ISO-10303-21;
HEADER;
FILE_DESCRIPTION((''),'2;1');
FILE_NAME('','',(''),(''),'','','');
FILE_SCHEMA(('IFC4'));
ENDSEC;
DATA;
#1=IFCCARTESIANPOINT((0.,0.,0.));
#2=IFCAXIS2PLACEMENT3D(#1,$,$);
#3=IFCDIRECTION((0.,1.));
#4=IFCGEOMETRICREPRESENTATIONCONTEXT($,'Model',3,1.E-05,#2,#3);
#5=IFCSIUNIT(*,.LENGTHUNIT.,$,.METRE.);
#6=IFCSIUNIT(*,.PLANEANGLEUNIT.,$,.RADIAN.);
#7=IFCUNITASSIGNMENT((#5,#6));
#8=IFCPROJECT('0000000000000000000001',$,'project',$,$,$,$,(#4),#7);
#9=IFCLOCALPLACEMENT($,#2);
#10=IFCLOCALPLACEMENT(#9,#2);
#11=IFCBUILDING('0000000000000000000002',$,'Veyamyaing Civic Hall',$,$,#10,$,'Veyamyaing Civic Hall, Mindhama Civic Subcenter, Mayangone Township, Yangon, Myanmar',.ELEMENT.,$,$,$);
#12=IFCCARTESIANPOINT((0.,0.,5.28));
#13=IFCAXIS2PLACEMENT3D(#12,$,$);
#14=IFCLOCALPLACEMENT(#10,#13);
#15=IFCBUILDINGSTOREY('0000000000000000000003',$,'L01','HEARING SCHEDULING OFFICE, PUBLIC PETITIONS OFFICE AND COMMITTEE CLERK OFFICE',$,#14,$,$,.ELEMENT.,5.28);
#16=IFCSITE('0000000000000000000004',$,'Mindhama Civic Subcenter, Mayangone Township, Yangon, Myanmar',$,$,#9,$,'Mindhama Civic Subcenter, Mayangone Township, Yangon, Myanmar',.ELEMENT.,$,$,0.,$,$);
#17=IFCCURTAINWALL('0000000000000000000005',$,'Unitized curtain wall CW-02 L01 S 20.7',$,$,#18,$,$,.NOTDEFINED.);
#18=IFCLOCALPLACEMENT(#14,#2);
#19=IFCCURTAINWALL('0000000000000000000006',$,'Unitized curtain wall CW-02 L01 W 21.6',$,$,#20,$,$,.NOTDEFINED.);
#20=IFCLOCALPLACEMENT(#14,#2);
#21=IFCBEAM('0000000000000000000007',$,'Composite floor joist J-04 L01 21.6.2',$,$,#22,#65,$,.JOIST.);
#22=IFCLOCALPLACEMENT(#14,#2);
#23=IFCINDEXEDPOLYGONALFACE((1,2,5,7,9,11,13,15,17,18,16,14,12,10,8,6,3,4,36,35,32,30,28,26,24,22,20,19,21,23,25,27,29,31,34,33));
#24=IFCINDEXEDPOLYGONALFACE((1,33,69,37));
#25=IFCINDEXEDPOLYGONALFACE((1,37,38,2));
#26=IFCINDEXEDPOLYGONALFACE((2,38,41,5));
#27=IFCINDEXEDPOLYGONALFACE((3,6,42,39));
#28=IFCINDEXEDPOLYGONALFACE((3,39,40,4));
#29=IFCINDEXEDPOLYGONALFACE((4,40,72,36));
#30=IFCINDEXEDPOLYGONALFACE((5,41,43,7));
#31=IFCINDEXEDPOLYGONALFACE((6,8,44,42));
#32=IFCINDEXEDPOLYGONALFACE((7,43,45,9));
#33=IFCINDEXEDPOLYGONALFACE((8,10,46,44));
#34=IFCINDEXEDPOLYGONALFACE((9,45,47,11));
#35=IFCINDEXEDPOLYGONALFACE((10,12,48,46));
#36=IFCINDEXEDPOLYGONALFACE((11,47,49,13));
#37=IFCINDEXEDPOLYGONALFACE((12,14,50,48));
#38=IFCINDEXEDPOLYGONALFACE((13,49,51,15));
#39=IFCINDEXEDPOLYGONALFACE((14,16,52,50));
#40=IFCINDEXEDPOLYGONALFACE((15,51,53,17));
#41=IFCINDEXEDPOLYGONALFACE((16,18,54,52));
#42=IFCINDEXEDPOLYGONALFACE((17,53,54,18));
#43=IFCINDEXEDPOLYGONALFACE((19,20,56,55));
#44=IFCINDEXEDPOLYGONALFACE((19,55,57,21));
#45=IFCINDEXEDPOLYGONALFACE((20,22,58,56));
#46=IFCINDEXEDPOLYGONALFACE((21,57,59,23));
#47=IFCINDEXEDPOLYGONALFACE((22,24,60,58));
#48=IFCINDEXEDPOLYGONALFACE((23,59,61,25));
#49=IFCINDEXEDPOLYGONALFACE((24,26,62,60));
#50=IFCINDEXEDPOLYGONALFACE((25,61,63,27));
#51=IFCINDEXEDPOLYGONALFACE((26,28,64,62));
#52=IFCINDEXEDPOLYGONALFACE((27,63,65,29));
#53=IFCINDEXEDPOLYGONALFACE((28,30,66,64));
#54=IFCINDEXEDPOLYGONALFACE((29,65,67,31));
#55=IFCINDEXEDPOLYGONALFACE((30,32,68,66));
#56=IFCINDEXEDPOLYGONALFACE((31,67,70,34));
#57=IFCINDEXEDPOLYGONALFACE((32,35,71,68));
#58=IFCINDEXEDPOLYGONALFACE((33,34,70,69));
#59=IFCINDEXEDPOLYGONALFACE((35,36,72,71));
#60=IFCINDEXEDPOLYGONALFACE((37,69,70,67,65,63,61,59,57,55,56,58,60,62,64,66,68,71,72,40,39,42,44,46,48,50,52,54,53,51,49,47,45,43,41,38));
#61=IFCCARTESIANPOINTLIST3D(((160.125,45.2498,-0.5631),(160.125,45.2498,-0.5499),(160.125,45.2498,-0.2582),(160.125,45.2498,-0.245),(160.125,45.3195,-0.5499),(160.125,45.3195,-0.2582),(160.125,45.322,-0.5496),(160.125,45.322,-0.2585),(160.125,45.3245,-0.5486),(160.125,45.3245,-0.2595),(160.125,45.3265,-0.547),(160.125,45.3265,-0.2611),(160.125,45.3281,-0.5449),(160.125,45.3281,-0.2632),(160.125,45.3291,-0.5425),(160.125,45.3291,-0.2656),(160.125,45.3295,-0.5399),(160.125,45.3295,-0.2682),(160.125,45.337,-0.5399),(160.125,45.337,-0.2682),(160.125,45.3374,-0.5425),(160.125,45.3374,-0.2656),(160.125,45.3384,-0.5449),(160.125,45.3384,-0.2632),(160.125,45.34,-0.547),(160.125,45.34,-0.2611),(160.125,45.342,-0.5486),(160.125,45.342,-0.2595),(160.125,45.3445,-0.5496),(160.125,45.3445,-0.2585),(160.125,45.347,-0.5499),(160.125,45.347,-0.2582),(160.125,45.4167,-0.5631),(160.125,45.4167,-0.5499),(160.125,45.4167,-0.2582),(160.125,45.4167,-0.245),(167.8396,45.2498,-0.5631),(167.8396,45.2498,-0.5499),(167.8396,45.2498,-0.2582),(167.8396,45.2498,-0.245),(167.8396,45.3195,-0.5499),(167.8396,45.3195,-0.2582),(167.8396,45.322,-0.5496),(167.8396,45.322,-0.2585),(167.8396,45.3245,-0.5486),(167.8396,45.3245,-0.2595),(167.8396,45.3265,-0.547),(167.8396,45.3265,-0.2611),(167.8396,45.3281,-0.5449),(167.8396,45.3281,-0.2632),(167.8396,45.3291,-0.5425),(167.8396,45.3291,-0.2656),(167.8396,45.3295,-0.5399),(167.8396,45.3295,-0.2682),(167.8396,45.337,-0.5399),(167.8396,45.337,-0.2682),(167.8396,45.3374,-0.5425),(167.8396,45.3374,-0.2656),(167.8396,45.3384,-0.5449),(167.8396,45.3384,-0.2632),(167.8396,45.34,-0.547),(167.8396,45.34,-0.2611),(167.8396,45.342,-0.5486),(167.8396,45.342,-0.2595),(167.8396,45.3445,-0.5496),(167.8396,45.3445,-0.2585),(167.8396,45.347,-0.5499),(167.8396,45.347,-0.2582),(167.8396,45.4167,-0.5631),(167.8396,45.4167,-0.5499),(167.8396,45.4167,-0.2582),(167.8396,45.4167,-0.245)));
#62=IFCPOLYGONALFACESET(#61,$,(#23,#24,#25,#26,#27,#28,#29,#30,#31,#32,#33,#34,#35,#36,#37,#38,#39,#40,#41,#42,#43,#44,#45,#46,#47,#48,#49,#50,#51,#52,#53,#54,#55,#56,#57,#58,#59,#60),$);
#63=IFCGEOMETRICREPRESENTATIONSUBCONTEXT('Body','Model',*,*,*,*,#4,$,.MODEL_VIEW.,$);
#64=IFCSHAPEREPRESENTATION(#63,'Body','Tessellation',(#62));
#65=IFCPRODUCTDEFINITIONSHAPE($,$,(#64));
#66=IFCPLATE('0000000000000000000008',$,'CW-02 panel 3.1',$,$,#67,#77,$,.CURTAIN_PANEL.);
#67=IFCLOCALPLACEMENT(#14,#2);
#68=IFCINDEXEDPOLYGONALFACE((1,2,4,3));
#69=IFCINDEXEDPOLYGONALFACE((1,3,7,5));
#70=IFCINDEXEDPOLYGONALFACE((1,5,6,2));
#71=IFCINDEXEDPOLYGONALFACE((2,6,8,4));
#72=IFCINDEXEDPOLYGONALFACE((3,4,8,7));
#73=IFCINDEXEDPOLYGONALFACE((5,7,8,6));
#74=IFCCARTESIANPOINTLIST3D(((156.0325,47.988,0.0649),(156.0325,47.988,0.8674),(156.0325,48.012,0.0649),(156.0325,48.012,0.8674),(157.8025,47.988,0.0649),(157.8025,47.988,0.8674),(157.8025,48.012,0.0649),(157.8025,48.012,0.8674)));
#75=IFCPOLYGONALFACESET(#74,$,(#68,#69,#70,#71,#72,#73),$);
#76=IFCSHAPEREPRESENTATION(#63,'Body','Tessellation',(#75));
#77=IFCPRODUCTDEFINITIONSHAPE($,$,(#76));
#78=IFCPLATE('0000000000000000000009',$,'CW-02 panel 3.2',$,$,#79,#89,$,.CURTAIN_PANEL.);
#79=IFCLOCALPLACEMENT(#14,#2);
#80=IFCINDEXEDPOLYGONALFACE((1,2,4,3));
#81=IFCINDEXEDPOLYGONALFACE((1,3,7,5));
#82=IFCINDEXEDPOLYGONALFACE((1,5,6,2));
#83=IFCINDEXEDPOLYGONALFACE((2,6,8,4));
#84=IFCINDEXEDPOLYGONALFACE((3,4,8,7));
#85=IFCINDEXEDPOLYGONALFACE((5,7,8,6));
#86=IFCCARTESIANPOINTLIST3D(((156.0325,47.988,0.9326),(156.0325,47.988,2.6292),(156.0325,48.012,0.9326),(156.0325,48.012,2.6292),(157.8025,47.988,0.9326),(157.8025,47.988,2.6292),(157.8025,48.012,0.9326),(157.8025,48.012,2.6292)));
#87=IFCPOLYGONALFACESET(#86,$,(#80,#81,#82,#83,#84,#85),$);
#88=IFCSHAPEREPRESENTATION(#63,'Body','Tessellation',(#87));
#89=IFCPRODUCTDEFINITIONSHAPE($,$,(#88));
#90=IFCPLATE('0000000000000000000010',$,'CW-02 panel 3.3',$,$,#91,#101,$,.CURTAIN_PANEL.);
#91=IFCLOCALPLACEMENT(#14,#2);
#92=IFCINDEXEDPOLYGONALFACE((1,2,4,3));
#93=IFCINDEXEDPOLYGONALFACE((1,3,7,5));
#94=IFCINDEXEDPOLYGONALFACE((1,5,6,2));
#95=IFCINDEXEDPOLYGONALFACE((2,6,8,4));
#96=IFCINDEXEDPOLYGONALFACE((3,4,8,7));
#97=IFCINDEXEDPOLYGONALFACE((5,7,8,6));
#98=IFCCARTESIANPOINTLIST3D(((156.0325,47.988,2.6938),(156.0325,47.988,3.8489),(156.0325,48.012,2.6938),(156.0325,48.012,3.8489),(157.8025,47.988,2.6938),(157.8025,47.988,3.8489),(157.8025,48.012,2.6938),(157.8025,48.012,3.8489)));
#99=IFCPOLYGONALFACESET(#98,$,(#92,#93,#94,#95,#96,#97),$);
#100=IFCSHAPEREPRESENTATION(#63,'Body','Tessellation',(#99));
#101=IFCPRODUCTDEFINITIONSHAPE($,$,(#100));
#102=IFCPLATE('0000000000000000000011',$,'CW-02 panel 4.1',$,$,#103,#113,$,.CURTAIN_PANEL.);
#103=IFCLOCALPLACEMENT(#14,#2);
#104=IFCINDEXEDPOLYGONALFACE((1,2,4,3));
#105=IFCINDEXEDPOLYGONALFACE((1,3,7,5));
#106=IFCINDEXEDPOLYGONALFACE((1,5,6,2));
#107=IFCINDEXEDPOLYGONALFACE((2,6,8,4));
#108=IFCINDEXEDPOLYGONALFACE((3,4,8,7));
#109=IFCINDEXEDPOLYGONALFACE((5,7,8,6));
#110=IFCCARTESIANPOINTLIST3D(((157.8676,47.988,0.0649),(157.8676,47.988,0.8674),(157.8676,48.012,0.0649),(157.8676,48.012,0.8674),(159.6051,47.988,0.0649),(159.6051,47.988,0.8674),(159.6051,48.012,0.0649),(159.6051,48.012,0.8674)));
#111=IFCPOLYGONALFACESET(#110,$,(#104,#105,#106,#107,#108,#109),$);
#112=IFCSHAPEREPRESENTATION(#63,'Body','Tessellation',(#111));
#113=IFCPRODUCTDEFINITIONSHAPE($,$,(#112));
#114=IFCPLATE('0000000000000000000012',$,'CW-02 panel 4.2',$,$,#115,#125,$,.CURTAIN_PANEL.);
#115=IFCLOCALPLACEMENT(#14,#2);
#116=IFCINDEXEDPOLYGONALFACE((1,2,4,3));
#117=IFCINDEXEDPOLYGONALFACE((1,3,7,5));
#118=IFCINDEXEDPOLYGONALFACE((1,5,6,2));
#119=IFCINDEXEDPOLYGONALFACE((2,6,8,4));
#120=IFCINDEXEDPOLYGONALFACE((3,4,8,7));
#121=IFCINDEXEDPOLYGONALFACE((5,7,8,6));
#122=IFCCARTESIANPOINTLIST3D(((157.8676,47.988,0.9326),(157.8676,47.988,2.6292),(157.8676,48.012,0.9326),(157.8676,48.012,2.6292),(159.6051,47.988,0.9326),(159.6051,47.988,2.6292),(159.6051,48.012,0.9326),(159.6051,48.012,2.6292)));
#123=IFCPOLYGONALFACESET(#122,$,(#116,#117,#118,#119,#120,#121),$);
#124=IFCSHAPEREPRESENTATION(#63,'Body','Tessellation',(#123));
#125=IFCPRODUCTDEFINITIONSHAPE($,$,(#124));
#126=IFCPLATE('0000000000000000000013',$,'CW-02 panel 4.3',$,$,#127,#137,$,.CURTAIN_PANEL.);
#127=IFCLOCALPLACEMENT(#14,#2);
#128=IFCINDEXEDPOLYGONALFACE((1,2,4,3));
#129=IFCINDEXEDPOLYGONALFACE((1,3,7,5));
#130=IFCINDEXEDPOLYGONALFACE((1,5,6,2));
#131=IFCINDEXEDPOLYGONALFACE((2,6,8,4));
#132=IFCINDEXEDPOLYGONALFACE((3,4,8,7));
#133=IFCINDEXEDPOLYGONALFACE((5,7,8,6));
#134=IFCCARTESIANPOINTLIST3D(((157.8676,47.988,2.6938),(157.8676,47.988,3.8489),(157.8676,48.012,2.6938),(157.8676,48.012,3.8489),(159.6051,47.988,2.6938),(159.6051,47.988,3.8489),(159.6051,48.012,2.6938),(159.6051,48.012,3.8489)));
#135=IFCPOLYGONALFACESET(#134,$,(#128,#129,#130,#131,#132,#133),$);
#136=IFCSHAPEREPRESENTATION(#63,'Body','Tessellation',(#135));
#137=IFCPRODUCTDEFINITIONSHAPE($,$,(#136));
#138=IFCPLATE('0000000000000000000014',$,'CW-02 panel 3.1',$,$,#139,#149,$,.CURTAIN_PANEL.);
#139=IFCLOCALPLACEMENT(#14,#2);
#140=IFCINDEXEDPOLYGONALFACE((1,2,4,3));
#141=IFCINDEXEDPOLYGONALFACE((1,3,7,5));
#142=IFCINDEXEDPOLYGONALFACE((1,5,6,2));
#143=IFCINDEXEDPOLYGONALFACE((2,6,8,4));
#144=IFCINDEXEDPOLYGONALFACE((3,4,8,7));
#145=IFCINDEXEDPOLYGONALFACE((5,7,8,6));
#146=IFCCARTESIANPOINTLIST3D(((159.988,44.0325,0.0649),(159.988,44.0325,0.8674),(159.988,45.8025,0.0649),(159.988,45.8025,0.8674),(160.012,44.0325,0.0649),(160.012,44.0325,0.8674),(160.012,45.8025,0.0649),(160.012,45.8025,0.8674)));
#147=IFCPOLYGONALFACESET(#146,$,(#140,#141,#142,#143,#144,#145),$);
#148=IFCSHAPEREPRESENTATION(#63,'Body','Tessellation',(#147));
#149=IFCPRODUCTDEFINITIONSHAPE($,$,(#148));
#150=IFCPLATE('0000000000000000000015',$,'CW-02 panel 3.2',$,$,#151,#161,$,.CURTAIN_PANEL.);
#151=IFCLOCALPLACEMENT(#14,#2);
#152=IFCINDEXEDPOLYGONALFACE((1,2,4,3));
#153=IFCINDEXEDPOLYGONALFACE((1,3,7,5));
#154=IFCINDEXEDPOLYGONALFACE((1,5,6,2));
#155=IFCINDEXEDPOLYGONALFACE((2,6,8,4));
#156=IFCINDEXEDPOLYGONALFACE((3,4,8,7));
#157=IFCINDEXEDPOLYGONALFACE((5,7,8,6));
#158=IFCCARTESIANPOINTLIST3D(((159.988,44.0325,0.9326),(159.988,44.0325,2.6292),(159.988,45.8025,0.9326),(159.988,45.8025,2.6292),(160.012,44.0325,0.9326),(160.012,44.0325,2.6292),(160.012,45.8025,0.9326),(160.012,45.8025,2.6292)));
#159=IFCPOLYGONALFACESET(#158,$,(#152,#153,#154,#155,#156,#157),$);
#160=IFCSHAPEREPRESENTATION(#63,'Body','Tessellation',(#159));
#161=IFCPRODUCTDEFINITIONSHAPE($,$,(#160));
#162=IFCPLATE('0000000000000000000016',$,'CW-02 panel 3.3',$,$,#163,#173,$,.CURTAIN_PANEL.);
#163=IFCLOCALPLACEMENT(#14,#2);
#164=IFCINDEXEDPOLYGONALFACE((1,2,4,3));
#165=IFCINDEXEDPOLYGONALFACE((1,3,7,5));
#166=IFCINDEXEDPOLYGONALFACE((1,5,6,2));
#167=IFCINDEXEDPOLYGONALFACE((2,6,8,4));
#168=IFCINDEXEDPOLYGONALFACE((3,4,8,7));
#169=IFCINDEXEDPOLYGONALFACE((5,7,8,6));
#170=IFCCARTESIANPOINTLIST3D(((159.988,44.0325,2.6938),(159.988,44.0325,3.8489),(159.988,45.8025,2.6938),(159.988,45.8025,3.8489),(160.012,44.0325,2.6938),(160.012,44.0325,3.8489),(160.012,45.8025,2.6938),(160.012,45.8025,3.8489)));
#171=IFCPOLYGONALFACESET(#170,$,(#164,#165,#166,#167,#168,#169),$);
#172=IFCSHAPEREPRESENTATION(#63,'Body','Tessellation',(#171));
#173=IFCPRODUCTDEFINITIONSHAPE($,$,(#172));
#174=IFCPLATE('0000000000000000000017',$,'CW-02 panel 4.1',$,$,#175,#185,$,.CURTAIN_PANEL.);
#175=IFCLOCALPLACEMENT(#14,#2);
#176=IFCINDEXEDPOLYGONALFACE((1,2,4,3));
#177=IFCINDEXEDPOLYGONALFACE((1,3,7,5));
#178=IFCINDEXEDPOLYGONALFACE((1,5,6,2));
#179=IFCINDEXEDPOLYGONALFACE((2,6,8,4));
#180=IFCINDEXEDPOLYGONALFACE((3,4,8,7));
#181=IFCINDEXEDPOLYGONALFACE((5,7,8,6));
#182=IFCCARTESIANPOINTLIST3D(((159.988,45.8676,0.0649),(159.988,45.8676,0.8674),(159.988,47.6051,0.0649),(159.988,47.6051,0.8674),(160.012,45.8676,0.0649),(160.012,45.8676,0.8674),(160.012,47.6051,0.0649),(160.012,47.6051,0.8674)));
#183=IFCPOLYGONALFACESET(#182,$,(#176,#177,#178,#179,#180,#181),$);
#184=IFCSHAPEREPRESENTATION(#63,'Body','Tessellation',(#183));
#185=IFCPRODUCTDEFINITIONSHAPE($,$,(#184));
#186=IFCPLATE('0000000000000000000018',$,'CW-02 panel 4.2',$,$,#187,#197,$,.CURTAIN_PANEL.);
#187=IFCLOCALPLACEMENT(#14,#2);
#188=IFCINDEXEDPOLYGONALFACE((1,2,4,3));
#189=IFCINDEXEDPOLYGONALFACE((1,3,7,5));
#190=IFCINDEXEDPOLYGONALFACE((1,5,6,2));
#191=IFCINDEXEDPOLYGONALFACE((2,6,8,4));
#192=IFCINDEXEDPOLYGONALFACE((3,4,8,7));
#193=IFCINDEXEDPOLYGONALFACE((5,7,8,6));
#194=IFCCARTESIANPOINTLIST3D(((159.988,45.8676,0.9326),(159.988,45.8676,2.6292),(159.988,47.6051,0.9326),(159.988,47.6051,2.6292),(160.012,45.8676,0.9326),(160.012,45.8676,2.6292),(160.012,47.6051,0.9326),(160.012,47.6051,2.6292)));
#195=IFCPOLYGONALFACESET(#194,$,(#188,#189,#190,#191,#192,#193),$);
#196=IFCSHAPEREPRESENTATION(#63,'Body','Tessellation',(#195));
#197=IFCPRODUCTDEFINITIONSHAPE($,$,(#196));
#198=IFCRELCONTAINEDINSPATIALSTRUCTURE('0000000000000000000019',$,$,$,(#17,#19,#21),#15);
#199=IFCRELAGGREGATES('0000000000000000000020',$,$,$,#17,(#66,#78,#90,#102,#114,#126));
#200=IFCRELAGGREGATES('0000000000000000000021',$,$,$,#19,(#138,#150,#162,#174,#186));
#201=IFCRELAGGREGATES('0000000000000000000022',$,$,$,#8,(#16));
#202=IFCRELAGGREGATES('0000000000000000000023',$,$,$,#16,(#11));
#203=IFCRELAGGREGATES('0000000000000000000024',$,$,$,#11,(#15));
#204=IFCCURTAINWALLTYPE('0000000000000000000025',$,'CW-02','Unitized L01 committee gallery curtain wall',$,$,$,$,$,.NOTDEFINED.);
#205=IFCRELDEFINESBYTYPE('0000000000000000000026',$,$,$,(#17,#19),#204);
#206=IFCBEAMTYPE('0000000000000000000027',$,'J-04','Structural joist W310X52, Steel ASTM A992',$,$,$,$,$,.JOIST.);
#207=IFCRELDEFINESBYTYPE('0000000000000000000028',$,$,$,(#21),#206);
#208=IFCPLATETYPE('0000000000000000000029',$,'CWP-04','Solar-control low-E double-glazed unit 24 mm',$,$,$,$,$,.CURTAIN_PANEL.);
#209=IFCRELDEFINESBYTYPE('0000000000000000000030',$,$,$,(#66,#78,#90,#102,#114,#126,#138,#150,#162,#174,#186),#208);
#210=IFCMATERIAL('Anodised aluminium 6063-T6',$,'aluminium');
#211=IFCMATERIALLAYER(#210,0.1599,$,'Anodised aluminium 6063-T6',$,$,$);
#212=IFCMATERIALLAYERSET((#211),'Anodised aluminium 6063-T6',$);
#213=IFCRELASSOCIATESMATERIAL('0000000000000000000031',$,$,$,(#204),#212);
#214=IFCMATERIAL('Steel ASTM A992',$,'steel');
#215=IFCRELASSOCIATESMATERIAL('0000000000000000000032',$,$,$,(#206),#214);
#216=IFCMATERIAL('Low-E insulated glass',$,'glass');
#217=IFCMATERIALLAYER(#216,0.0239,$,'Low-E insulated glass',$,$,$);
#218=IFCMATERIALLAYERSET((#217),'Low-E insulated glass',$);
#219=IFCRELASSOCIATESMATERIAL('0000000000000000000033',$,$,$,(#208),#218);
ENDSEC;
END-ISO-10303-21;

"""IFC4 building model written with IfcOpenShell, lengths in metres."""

from ifc_helpers import new_model, si_unit, direction, frame, origin, origin_2d, place, context, subcontext, project, spatial, rectangle, i_section, extrude, material, layer, layer_set, material_profile, profile_set, type_object, element, aggregate, save


model = new_model("IFC4")

# Units and contexts
model_context = context("Model", 3, precision=1e-05, world=origin(), true_north=direction((0.0, 1.0)))
body_context = subcontext(model_context, "Body", "Model", "MODEL_VIEW")
ifc_project = project(units=[si_unit("LENGTHUNIT", "METRE"), si_unit("PLANEANGLEUNIT", "RADIAN")], contexts=[model_context])

# Site, building, storey
site_placement = place(None, origin())
site = spatial("IfcSite", under=ifc_project, at=site_placement, Name="Mindhama Civic Subcenter, Mayangone Township, Yangon, Myanmar", LongName="Mindhama Civic Subcenter, Mayangone Township, Yangon, Myanmar", CompositionType="ELEMENT", RefElevation=0.0)
building_placement = place(site_placement, origin())
building = spatial("IfcBuilding", under=site, at=building_placement, Name="Veyamyaing Civic Hall", LongName="Veyamyaing Civic Hall, Mindhama Civic Subcenter, Mayangone Township, Yangon, Myanmar", CompositionType="ELEMENT")
storey_placement = place(building_placement, frame((0.0, 0.0, 5.28)))
storey = spatial("IfcBuildingStorey", under=building, at=storey_placement, Name="L01", Description="HEARING SCHEDULING OFFICE, PUBLIC PETITIONS OFFICE AND COMMITTEE CLERK OFFICE", CompositionType="ELEMENT", Elevation=5.28)

# Shared definitions
ifc_material_1 = material(Name="Steel ASTM A992", Category="steel")

# Curtain walls
ifc_material_2 = material(Name="Anodised aluminium 6063-T6", Category="aluminium")
ifc_layer_1 = layer(ifc_material_2, 0.1599, Name="Anodised aluminium 6063-T6")
ifc_layer_set_1 = layer_set([ifc_layer_1], Name="Anodised aluminium 6063-T6")
curtain_wall_type = type_object("IfcCurtainWallType", Name="CW-02", Description="Unitized L01 committee gallery curtain wall", PredefinedType="NOTDEFINED", material=ifc_layer_set_1)
curtain_wall_1_placement = place(storey_placement, origin())
curtain_wall_1 = element("IfcCurtainWall", 1, at=curtain_wall_1_placement, inside=storey, type_object=curtain_wall_type, Name="Unitized curtain wall CW-02 L01 S 20.7", PredefinedType="NOTDEFINED")
curtain_wall_2_placement = place(storey_placement, origin())
curtain_wall_2 = element("IfcCurtainWall", 2, at=curtain_wall_2_placement, inside=storey, type_object=curtain_wall_type, Name="Unitized curtain wall CW-02 L01 W 21.6", PredefinedType="NOTDEFINED")

# Beam
ifc_material_profile_1 = material_profile(ifc_material_1, i_section(OverallWidth=0.167, OverallDepth=0.3181, WebThickness=0.0076, FlangeThickness=0.0132, FilletRadius=0.01, at=origin_2d()), Name="W310X52")
ifc_profile_set_1 = profile_set([ifc_material_profile_1], Name="Steel ASTM A992")
beam_type_1 = type_object("IfcBeamType", Name="J-04", Description="Structural joist W310X52, Steel ASTM A992", PredefinedType="JOIST", material=ifc_profile_set_1)
beam_1_placement = place(storey_placement, frame((160.125, 45.3333, -0.4041), z_axis=(1.0, 0.0, 0.0), x_axis=(0.0, 1.0, 0.0)))
element("IfcBeam", 3, at=beam_1_placement, inside=storey, type_object=beam_type_1, Name="Composite floor joist J-04 L01 21.6.2", PredefinedType="JOIST", context=body_context, shape_type="SweptSolid", body=[
    extrude(i_section(OverallWidth=0.167, OverallDepth=0.3181, WebThickness=0.0076, FlangeThickness=0.0132, FilletRadius=0.01, at=origin_2d()), origin(), (0.0, 0.0, 1.0), 7.7146),
])

# Plates
ifc_material_3 = material(Name="Low-E insulated glass", Category="glass")
ifc_layer_2 = layer(ifc_material_3, 0.0239, Name="Low-E insulated glass")
ifc_layer_set_2 = layer_set([ifc_layer_2], Name="Low-E insulated glass")
plate_type = type_object("IfcPlateType", Name="CWP-04", Description="Solar-control low-E double-glazed unit 24 mm", PredefinedType="CURTAIN_PANEL", material=ifc_layer_set_2)
plate_1_placement = place(storey_placement, frame((156.9175, 48.0, 0.0649), z_axis=(0.0, 0.0, 1.0), x_axis=(1.0, 0.0, 0.0)))
plate_1 = element("IfcPlate", 4, at=plate_1_placement, type_object=plate_type, Name="CW-02 panel 3.1", PredefinedType="CURTAIN_PANEL", context=body_context, shape_type="SweptSolid", body=[
    extrude(rectangle(XDim=1.77, YDim=0.0239, at=origin_2d()), origin(), (0.0, 0.0, 1.0), 0.8025),
])
plate_2_placement = place(storey_placement, frame((156.9175, 48.0, 0.9326), z_axis=(0.0, 0.0, 1.0), x_axis=(1.0, 0.0, 0.0)))
plate_2 = element("IfcPlate", 5, at=plate_2_placement, type_object=plate_type, Name="CW-02 panel 3.2", PredefinedType="CURTAIN_PANEL", context=body_context, shape_type="SweptSolid", body=[
    extrude(rectangle(XDim=1.77, YDim=0.0239, at=origin_2d()), origin(), (0.0, 0.0, 1.0), 1.6965),
])
plate_3_placement = place(storey_placement, frame((156.9175, 48.0, 2.6938), z_axis=(0.0, 0.0, 1.0), x_axis=(1.0, 0.0, 0.0)))
plate_3 = element("IfcPlate", 6, at=plate_3_placement, type_object=plate_type, Name="CW-02 panel 3.3", PredefinedType="CURTAIN_PANEL", context=body_context, shape_type="SweptSolid", body=[
    extrude(rectangle(XDim=1.77, YDim=0.0239, at=origin_2d()), origin(), (0.0, 0.0, 1.0), 1.155),
])
plate_4_placement = place(storey_placement, frame((158.7363, 48.0, 0.0649), z_axis=(0.0, 0.0, 1.0), x_axis=(1.0, 0.0, 0.0)))
plate_4 = element("IfcPlate", 7, at=plate_4_placement, type_object=plate_type, Name="CW-02 panel 4.1", PredefinedType="CURTAIN_PANEL", context=body_context, shape_type="SweptSolid", body=[
    extrude(rectangle(XDim=1.7375, YDim=0.0239, at=origin_2d()), origin(), (0.0, 0.0, 1.0), 0.8025),
])
plate_5_placement = place(storey_placement, frame((158.7363, 48.0, 0.9326), z_axis=(0.0, 0.0, 1.0), x_axis=(1.0, 0.0, 0.0)))
plate_5 = element("IfcPlate", 8, at=plate_5_placement, type_object=plate_type, Name="CW-02 panel 4.2", PredefinedType="CURTAIN_PANEL", context=body_context, shape_type="SweptSolid", body=[
    extrude(rectangle(XDim=1.7375, YDim=0.0239, at=origin_2d()), origin(), (0.0, 0.0, 1.0), 1.6965),
])
plate_6_placement = place(storey_placement, frame((158.7363, 48.0, 2.6938), z_axis=(0.0, 0.0, 1.0), x_axis=(1.0, 0.0, 0.0)))
plate_6 = element("IfcPlate", 9, at=plate_6_placement, type_object=plate_type, Name="CW-02 panel 4.3", PredefinedType="CURTAIN_PANEL", context=body_context, shape_type="SweptSolid", body=[
    extrude(rectangle(XDim=1.7375, YDim=0.0239, at=origin_2d()), origin(), (0.0, 0.0, 1.0), 1.155),
])
aggregate(curtain_wall_1, [plate_1, plate_2, plate_3, plate_4, plate_5, plate_6])
plate_7_placement = place(storey_placement, frame((160.0, 44.9175, 0.0649), z_axis=(0.0, 0.0, 1.0), x_axis=(0.0, 1.0, 0.0)))
plate_7 = element("IfcPlate", 10, at=plate_7_placement, type_object=plate_type, Name="CW-02 panel 3.1", PredefinedType="CURTAIN_PANEL", context=body_context, shape_type="SweptSolid", body=[
    extrude(rectangle(XDim=1.77, YDim=0.0239, at=origin_2d()), origin(), (0.0, 0.0, 1.0), 0.8025),
])
plate_8_placement = place(storey_placement, frame((160.0, 44.9175, 0.9326), z_axis=(0.0, 0.0, 1.0), x_axis=(0.0, 1.0, 0.0)))
plate_8 = element("IfcPlate", 11, at=plate_8_placement, type_object=plate_type, Name="CW-02 panel 3.2", PredefinedType="CURTAIN_PANEL", context=body_context, shape_type="SweptSolid", body=[
    extrude(rectangle(XDim=1.77, YDim=0.0239, at=origin_2d()), origin(), (0.0, 0.0, 1.0), 1.6965),
])
plate_9_placement = place(storey_placement, frame((160.0, 44.9175, 2.6938), z_axis=(0.0, 0.0, 1.0), x_axis=(0.0, 1.0, 0.0)))
plate_9 = element("IfcPlate", 12, at=plate_9_placement, type_object=plate_type, Name="CW-02 panel 3.3", PredefinedType="CURTAIN_PANEL", context=body_context, shape_type="SweptSolid", body=[
    extrude(rectangle(XDim=1.77, YDim=0.0239, at=origin_2d()), origin(), (0.0, 0.0, 1.0), 1.155),
])
plate_10_placement = place(storey_placement, frame((160.0, 46.7363, 0.0649), z_axis=(0.0, 0.0, 1.0), x_axis=(0.0, 1.0, 0.0)))
plate_10 = element("IfcPlate", 13, at=plate_10_placement, type_object=plate_type, Name="CW-02 panel 4.1", PredefinedType="CURTAIN_PANEL", context=body_context, shape_type="SweptSolid", body=[
    extrude(rectangle(XDim=1.7375, YDim=0.0239, at=origin_2d()), origin(), (0.0, 0.0, 1.0), 0.8025),
])
plate_11_placement = place(storey_placement, frame((160.0, 46.7363, 0.9326), z_axis=(0.0, 0.0, 1.0), x_axis=(0.0, 1.0, 0.0)))
plate_11 = element("IfcPlate", 14, at=plate_11_placement, type_object=plate_type, Name="CW-02 panel 4.2", PredefinedType="CURTAIN_PANEL", context=body_context, shape_type="SweptSolid", body=[
    extrude(rectangle(XDim=1.7375, YDim=0.0239, at=origin_2d()), origin(), (0.0, 0.0, 1.0), 1.6965),
])
aggregate(curtain_wall_2, [plate_7, plate_8, plate_9, plate_10, plate_11])

save(model, "model.ifc")
